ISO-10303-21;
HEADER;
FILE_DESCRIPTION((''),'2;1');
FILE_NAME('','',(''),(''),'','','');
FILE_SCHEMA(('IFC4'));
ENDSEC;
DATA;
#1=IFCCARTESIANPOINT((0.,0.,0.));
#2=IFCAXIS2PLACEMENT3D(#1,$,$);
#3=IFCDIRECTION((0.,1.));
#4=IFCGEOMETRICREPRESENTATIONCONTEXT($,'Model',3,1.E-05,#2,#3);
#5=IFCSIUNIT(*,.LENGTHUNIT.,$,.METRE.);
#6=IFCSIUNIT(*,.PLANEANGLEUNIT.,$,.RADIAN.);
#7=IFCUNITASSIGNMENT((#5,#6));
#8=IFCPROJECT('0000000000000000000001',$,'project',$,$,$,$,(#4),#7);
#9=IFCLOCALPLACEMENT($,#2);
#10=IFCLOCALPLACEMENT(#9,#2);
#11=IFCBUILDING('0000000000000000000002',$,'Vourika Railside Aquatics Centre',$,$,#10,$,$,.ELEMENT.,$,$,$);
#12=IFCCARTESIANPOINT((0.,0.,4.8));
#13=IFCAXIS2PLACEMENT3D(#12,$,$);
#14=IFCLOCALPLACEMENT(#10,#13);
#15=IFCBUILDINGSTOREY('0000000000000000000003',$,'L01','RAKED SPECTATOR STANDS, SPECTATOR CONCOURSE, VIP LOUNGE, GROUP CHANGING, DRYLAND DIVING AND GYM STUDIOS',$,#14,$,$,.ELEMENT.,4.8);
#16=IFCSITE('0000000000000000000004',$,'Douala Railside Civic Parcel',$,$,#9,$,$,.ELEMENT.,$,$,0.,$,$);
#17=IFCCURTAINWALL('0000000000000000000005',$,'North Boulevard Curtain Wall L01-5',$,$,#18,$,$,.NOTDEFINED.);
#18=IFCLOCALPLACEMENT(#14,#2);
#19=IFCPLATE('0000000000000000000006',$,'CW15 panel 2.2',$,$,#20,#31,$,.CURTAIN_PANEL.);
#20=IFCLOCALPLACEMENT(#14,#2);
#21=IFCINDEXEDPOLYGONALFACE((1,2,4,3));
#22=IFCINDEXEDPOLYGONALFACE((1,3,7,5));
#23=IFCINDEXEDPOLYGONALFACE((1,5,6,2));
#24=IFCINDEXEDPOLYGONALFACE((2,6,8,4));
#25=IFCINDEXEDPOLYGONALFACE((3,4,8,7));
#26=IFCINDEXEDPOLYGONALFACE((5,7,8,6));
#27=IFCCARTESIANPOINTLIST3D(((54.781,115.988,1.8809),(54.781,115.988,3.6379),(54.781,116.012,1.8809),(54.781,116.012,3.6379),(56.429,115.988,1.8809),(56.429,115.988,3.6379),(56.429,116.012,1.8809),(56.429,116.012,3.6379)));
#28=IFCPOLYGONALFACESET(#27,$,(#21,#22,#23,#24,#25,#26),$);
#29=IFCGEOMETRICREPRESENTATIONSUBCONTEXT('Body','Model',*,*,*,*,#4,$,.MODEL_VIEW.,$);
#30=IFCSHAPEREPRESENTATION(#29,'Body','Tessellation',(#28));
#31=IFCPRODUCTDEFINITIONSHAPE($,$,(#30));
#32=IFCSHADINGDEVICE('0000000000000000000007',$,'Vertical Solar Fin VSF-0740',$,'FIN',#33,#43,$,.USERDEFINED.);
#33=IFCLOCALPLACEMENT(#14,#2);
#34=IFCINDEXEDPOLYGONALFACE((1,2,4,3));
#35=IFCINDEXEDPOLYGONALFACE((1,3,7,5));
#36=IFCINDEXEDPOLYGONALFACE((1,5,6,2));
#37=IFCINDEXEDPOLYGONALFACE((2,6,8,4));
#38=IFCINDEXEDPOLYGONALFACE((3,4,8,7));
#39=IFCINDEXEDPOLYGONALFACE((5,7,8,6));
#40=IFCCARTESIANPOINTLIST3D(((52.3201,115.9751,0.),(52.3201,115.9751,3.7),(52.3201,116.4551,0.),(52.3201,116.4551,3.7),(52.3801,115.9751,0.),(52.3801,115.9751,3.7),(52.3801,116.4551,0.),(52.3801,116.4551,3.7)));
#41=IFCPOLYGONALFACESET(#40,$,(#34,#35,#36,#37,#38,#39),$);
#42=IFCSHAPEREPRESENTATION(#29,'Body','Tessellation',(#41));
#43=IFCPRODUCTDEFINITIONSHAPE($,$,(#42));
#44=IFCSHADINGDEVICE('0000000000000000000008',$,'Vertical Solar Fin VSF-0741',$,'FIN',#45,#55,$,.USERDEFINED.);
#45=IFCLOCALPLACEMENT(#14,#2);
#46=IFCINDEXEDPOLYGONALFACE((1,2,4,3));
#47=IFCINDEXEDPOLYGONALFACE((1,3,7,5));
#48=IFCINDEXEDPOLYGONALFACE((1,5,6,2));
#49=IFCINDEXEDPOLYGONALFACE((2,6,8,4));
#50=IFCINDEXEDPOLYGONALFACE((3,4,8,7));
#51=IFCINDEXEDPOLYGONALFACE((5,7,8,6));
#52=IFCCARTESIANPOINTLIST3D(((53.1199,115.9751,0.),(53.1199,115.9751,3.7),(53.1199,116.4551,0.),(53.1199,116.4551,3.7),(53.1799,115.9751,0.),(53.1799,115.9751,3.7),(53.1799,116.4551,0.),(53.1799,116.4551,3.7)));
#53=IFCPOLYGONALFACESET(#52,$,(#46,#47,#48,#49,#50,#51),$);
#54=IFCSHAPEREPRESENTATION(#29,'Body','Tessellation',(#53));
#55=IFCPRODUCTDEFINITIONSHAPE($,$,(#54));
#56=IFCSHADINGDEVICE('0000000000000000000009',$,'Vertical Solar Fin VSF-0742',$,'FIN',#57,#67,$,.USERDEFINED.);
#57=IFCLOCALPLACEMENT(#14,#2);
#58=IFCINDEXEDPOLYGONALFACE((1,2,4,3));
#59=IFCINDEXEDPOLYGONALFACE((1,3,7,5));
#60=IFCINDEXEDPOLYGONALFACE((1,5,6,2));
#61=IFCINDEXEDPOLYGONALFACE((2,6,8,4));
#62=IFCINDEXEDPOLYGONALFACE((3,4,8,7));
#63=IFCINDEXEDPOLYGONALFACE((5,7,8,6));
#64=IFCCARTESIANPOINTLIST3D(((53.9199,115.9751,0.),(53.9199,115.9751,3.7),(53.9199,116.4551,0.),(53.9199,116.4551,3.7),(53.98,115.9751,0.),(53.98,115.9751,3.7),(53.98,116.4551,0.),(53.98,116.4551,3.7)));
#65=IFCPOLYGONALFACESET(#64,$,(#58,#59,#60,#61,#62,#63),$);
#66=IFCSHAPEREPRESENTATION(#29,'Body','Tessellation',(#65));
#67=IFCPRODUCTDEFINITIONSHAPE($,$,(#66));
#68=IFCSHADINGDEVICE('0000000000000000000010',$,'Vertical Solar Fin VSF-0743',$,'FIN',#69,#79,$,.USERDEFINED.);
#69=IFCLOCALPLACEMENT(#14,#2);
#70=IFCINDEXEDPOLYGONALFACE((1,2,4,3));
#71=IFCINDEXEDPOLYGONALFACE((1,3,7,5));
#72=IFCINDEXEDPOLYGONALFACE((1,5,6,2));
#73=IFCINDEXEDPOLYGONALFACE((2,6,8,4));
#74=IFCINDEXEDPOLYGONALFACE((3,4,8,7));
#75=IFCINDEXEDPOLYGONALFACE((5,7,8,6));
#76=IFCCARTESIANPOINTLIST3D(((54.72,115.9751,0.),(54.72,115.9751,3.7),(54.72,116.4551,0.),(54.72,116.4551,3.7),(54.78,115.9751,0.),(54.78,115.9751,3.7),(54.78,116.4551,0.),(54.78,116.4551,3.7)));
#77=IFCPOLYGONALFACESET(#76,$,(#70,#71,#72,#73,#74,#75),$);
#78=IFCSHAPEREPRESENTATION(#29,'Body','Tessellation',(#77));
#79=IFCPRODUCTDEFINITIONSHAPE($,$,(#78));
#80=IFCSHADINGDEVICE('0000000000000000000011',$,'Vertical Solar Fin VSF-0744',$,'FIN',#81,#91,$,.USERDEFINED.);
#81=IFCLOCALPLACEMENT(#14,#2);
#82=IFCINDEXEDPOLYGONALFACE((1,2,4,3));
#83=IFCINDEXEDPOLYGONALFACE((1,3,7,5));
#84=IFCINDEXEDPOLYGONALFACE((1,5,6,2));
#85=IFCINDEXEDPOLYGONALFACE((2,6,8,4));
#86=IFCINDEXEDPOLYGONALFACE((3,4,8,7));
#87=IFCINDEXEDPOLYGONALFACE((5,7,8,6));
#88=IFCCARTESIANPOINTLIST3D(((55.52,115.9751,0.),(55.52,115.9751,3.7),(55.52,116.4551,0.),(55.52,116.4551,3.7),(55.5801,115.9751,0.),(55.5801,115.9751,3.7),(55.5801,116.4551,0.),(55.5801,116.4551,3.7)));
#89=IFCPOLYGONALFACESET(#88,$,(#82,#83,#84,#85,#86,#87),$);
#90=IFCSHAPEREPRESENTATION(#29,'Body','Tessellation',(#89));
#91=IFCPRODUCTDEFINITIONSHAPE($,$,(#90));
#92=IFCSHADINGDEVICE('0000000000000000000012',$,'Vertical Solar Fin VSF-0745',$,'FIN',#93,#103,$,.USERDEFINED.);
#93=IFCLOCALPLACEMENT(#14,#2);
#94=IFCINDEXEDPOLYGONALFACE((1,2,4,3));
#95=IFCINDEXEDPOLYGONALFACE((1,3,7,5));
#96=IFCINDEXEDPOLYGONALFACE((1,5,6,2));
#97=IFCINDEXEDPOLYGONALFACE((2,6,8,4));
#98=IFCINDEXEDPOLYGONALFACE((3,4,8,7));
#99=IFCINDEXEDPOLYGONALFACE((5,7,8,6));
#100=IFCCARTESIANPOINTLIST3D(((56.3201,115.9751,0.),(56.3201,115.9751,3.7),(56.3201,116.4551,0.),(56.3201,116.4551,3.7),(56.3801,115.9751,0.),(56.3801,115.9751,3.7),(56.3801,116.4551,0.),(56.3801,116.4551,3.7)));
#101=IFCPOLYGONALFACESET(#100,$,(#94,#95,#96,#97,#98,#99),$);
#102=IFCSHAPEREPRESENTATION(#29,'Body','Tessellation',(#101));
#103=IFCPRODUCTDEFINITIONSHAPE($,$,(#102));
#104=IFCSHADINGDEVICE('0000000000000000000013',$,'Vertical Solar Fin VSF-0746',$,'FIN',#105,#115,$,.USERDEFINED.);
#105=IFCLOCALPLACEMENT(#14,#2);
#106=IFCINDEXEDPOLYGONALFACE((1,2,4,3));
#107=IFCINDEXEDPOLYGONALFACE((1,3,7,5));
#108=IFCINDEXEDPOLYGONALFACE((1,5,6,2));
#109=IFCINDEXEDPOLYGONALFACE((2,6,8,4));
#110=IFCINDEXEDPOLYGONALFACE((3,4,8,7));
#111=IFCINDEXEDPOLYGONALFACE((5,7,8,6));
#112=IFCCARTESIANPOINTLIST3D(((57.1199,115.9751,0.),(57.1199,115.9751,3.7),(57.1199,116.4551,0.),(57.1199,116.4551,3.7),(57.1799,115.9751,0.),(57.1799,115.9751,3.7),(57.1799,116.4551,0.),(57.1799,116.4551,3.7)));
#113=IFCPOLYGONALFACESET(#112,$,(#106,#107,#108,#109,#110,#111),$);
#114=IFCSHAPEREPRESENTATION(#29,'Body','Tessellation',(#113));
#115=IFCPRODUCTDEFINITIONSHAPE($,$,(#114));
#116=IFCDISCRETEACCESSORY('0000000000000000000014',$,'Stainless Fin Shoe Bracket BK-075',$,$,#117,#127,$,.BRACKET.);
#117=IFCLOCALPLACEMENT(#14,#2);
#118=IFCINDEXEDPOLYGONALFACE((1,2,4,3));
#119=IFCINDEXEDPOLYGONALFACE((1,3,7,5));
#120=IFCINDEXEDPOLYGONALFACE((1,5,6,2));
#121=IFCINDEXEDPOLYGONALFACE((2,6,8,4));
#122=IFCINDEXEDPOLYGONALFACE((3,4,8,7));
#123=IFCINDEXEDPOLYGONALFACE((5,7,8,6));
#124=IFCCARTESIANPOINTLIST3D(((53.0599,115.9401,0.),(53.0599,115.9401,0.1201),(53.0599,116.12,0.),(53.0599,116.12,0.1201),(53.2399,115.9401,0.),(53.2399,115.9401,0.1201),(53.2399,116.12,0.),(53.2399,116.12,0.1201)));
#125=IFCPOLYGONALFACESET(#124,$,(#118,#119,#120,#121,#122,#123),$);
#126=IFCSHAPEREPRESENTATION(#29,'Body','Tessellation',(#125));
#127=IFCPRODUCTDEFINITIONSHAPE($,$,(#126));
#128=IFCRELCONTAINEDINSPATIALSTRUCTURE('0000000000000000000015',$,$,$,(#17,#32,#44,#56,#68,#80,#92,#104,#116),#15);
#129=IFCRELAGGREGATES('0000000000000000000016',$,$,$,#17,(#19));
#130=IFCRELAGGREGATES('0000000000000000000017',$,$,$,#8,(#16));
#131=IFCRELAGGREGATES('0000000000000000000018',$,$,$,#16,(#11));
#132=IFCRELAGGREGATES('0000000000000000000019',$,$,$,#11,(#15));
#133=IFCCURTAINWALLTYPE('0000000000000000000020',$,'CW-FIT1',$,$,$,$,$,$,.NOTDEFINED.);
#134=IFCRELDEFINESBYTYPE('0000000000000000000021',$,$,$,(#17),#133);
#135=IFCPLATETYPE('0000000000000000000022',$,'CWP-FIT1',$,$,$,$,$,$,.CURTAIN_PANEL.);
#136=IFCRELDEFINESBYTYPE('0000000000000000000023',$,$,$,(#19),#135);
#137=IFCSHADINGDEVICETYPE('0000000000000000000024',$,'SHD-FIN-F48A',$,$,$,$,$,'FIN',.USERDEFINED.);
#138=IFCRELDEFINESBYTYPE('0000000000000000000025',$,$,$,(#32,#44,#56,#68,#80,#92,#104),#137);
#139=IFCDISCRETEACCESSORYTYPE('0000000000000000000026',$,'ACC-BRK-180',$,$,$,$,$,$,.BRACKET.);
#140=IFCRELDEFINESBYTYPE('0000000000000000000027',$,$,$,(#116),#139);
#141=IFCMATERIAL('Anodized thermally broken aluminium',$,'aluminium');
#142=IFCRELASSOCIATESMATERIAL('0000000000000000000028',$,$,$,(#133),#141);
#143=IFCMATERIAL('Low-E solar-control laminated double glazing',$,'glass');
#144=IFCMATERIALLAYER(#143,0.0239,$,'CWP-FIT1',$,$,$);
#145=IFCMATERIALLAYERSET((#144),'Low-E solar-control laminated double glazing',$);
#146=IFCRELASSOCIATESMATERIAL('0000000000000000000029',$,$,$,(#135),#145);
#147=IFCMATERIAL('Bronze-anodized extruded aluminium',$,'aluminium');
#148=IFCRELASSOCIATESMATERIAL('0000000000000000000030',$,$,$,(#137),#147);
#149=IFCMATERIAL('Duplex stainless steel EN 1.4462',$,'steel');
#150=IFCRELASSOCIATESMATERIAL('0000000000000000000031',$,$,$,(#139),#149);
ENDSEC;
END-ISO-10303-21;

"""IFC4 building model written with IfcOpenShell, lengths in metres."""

from ifc_helpers import new_model, si_unit, direction, frame, origin, origin_2d, place, context, subcontext, project, spatial, rectangle, extrude, material, layer, layer_set, material_profile, profile_set, type_object, element, aggregate, save


model = new_model("IFC4")

# Units and contexts
model_context = context("Model", 3, precision=1e-05, world=origin(), true_north=direction((0.0, 1.0)))
body_context = subcontext(model_context, "Body", "Model", "MODEL_VIEW")
ifc_project = project(units=[si_unit("LENGTHUNIT", "METRE"), si_unit("PLANEANGLEUNIT", "RADIAN")], contexts=[model_context])

# Site, building, storey
site_placement = place(None, origin())
site = spatial("IfcSite", under=ifc_project, at=site_placement, Name="Douala Railside Civic Parcel", CompositionType="ELEMENT", RefElevation=0.0)
building_placement = place(site_placement, origin())
building = spatial("IfcBuilding", under=site, at=building_placement, Name="Vourika Railside Aquatics Centre", CompositionType="ELEMENT")
storey_placement = place(building_placement, frame((0.0, 0.0, 4.8)))
storey = spatial("IfcBuildingStorey", under=building, at=storey_placement, Name="L01", Description="RAKED SPECTATOR STANDS, SPECTATOR CONCOURSE, VIP LOUNGE, GROUP CHANGING, DRYLAND DIVING AND GYM STUDIOS", CompositionType="ELEMENT", Elevation=4.8)

# Curtain wall, plate
ifc_material_1 = material(Name="Anodized thermally broken aluminium", Category="aluminium")
curtain_wall_type = type_object("IfcCurtainWallType", Name="CW-FIT1", PredefinedType="NOTDEFINED", material=ifc_material_1)
curtain_wall_placement = place(storey_placement, origin())
curtain_wall = element("IfcCurtainWall", 1, at=curtain_wall_placement, inside=storey, type_object=curtain_wall_type, Name="North Boulevard Curtain Wall L01-5", PredefinedType="NOTDEFINED")
ifc_material_2 = material(Name="Low-E solar-control laminated double glazing", Category="glass")
ifc_layer = layer(ifc_material_2, 0.0239, Name="CWP-FIT1")
ifc_layer_set = layer_set([ifc_layer], Name="Low-E solar-control laminated double glazing")
plate_type = type_object("IfcPlateType", Name="CWP-FIT1", PredefinedType="CURTAIN_PANEL", material=ifc_layer_set)
plate_1_placement = place(storey_placement, frame((55.605, 116.0, 1.8809), z_axis=(0.0, 0.0, 1.0), x_axis=(-1.0, 0.0, 0.0)))
plate_1 = element("IfcPlate", 2, at=plate_1_placement, type_object=plate_type, Name="CW15 panel 2.2", PredefinedType="CURTAIN_PANEL", context=body_context, shape_type="SweptSolid", body=[
    extrude(rectangle(XDim=1.6479, YDim=0.0239, at=origin_2d()), origin(), (0.0, 0.0, 1.0), 1.7571),
])
aggregate(curtain_wall, [plate_1])

# Shading devices
ifc_material_3 = material(Name="Bronze-anodized extruded aluminium", Category="aluminium")
ifc_material_profile_1 = material_profile(ifc_material_3, rectangle(XDim=0.0601, YDim=0.48, at=origin_2d()), Name="ALU-FIN 60x480")
ifc_profile_set_1 = profile_set([ifc_material_profile_1], Name="Bronze-anodized extruded aluminium")
shading_device_type = type_object("IfcShadingDeviceType", Name="SHD-FIN-F48A", ElementType="FIN", PredefinedType="USERDEFINED", material=ifc_profile_set_1)
for number, where, z_axis, x_axis, name in (
    (3, (52.3501, 116.2151, 0.0), (0.0, 0.0, 1.0), (1.0, 0.0, 0.0), "Vertical Solar Fin VSF-0740"),
    (4, (53.1499, 116.2151, 0.0), (0.0, 0.0, 1.0), (1.0, 0.0, 0.0), "Vertical Solar Fin VSF-0741"),
    (5, (53.95, 116.2151, 0.0), (0.0, 0.0, 1.0), (1.0, 0.0, 0.0), "Vertical Solar Fin VSF-0742"),
    (6, (54.75, 116.2151, 0.0), (0.0, 0.0, 1.0), (1.0, 0.0, 0.0), "Vertical Solar Fin VSF-0743"),
    (7, (55.55, 116.2151, 0.0), (0.0, 0.0, 1.0), (1.0, 0.0, 0.0), "Vertical Solar Fin VSF-0744"),
    (8, (56.3501, 116.2151, 0.0), (0.0, 0.0, 1.0), (1.0, 0.0, 0.0), "Vertical Solar Fin VSF-0745"),
    (9, (57.1499, 116.2151, 0.0), (0.0, 0.0, 1.0), (1.0, 0.0, 0.0), "Vertical Solar Fin VSF-0746"),
):
    element("IfcShadingDevice", number, at=place(storey_placement, frame(where, z_axis=z_axis, x_axis=x_axis)), inside=storey, type_object=shading_device_type, Name=name, ObjectType="FIN", PredefinedType="USERDEFINED", context=body_context, shape_type="SweptSolid", body=[
        extrude(rectangle(XDim=0.0601, YDim=0.48, at=origin_2d()), origin(), (0.0, 0.0, 1.0), 3.7),
    ])

# Discrete accessory
ifc_material_4 = material(Name="Duplex stainless steel EN 1.4462", Category="steel")
discrete_accessory_type = type_object("IfcDiscreteAccessoryType", Name="ACC-BRK-180", PredefinedType="BRACKET", material=ifc_material_4)
discrete_accessory_placement = place(storey_placement, frame((53.1499, 116.03, 0.0), z_axis=(0.0, 0.0, 1.0), x_axis=(0.0, 1.0, 0.0)))
element("IfcDiscreteAccessory", 10, at=discrete_accessory_placement, inside=storey, type_object=discrete_accessory_type, Name="Stainless Fin Shoe Bracket BK-075", PredefinedType="BRACKET", context=body_context, shape_type="SweptSolid", body=[
    extrude(rectangle(XDim=0.1799, YDim=0.1799, at=origin_2d()), origin(), (0.0, 0.0, 1.0), 0.1201),
])

save(model, "model.ifc")
